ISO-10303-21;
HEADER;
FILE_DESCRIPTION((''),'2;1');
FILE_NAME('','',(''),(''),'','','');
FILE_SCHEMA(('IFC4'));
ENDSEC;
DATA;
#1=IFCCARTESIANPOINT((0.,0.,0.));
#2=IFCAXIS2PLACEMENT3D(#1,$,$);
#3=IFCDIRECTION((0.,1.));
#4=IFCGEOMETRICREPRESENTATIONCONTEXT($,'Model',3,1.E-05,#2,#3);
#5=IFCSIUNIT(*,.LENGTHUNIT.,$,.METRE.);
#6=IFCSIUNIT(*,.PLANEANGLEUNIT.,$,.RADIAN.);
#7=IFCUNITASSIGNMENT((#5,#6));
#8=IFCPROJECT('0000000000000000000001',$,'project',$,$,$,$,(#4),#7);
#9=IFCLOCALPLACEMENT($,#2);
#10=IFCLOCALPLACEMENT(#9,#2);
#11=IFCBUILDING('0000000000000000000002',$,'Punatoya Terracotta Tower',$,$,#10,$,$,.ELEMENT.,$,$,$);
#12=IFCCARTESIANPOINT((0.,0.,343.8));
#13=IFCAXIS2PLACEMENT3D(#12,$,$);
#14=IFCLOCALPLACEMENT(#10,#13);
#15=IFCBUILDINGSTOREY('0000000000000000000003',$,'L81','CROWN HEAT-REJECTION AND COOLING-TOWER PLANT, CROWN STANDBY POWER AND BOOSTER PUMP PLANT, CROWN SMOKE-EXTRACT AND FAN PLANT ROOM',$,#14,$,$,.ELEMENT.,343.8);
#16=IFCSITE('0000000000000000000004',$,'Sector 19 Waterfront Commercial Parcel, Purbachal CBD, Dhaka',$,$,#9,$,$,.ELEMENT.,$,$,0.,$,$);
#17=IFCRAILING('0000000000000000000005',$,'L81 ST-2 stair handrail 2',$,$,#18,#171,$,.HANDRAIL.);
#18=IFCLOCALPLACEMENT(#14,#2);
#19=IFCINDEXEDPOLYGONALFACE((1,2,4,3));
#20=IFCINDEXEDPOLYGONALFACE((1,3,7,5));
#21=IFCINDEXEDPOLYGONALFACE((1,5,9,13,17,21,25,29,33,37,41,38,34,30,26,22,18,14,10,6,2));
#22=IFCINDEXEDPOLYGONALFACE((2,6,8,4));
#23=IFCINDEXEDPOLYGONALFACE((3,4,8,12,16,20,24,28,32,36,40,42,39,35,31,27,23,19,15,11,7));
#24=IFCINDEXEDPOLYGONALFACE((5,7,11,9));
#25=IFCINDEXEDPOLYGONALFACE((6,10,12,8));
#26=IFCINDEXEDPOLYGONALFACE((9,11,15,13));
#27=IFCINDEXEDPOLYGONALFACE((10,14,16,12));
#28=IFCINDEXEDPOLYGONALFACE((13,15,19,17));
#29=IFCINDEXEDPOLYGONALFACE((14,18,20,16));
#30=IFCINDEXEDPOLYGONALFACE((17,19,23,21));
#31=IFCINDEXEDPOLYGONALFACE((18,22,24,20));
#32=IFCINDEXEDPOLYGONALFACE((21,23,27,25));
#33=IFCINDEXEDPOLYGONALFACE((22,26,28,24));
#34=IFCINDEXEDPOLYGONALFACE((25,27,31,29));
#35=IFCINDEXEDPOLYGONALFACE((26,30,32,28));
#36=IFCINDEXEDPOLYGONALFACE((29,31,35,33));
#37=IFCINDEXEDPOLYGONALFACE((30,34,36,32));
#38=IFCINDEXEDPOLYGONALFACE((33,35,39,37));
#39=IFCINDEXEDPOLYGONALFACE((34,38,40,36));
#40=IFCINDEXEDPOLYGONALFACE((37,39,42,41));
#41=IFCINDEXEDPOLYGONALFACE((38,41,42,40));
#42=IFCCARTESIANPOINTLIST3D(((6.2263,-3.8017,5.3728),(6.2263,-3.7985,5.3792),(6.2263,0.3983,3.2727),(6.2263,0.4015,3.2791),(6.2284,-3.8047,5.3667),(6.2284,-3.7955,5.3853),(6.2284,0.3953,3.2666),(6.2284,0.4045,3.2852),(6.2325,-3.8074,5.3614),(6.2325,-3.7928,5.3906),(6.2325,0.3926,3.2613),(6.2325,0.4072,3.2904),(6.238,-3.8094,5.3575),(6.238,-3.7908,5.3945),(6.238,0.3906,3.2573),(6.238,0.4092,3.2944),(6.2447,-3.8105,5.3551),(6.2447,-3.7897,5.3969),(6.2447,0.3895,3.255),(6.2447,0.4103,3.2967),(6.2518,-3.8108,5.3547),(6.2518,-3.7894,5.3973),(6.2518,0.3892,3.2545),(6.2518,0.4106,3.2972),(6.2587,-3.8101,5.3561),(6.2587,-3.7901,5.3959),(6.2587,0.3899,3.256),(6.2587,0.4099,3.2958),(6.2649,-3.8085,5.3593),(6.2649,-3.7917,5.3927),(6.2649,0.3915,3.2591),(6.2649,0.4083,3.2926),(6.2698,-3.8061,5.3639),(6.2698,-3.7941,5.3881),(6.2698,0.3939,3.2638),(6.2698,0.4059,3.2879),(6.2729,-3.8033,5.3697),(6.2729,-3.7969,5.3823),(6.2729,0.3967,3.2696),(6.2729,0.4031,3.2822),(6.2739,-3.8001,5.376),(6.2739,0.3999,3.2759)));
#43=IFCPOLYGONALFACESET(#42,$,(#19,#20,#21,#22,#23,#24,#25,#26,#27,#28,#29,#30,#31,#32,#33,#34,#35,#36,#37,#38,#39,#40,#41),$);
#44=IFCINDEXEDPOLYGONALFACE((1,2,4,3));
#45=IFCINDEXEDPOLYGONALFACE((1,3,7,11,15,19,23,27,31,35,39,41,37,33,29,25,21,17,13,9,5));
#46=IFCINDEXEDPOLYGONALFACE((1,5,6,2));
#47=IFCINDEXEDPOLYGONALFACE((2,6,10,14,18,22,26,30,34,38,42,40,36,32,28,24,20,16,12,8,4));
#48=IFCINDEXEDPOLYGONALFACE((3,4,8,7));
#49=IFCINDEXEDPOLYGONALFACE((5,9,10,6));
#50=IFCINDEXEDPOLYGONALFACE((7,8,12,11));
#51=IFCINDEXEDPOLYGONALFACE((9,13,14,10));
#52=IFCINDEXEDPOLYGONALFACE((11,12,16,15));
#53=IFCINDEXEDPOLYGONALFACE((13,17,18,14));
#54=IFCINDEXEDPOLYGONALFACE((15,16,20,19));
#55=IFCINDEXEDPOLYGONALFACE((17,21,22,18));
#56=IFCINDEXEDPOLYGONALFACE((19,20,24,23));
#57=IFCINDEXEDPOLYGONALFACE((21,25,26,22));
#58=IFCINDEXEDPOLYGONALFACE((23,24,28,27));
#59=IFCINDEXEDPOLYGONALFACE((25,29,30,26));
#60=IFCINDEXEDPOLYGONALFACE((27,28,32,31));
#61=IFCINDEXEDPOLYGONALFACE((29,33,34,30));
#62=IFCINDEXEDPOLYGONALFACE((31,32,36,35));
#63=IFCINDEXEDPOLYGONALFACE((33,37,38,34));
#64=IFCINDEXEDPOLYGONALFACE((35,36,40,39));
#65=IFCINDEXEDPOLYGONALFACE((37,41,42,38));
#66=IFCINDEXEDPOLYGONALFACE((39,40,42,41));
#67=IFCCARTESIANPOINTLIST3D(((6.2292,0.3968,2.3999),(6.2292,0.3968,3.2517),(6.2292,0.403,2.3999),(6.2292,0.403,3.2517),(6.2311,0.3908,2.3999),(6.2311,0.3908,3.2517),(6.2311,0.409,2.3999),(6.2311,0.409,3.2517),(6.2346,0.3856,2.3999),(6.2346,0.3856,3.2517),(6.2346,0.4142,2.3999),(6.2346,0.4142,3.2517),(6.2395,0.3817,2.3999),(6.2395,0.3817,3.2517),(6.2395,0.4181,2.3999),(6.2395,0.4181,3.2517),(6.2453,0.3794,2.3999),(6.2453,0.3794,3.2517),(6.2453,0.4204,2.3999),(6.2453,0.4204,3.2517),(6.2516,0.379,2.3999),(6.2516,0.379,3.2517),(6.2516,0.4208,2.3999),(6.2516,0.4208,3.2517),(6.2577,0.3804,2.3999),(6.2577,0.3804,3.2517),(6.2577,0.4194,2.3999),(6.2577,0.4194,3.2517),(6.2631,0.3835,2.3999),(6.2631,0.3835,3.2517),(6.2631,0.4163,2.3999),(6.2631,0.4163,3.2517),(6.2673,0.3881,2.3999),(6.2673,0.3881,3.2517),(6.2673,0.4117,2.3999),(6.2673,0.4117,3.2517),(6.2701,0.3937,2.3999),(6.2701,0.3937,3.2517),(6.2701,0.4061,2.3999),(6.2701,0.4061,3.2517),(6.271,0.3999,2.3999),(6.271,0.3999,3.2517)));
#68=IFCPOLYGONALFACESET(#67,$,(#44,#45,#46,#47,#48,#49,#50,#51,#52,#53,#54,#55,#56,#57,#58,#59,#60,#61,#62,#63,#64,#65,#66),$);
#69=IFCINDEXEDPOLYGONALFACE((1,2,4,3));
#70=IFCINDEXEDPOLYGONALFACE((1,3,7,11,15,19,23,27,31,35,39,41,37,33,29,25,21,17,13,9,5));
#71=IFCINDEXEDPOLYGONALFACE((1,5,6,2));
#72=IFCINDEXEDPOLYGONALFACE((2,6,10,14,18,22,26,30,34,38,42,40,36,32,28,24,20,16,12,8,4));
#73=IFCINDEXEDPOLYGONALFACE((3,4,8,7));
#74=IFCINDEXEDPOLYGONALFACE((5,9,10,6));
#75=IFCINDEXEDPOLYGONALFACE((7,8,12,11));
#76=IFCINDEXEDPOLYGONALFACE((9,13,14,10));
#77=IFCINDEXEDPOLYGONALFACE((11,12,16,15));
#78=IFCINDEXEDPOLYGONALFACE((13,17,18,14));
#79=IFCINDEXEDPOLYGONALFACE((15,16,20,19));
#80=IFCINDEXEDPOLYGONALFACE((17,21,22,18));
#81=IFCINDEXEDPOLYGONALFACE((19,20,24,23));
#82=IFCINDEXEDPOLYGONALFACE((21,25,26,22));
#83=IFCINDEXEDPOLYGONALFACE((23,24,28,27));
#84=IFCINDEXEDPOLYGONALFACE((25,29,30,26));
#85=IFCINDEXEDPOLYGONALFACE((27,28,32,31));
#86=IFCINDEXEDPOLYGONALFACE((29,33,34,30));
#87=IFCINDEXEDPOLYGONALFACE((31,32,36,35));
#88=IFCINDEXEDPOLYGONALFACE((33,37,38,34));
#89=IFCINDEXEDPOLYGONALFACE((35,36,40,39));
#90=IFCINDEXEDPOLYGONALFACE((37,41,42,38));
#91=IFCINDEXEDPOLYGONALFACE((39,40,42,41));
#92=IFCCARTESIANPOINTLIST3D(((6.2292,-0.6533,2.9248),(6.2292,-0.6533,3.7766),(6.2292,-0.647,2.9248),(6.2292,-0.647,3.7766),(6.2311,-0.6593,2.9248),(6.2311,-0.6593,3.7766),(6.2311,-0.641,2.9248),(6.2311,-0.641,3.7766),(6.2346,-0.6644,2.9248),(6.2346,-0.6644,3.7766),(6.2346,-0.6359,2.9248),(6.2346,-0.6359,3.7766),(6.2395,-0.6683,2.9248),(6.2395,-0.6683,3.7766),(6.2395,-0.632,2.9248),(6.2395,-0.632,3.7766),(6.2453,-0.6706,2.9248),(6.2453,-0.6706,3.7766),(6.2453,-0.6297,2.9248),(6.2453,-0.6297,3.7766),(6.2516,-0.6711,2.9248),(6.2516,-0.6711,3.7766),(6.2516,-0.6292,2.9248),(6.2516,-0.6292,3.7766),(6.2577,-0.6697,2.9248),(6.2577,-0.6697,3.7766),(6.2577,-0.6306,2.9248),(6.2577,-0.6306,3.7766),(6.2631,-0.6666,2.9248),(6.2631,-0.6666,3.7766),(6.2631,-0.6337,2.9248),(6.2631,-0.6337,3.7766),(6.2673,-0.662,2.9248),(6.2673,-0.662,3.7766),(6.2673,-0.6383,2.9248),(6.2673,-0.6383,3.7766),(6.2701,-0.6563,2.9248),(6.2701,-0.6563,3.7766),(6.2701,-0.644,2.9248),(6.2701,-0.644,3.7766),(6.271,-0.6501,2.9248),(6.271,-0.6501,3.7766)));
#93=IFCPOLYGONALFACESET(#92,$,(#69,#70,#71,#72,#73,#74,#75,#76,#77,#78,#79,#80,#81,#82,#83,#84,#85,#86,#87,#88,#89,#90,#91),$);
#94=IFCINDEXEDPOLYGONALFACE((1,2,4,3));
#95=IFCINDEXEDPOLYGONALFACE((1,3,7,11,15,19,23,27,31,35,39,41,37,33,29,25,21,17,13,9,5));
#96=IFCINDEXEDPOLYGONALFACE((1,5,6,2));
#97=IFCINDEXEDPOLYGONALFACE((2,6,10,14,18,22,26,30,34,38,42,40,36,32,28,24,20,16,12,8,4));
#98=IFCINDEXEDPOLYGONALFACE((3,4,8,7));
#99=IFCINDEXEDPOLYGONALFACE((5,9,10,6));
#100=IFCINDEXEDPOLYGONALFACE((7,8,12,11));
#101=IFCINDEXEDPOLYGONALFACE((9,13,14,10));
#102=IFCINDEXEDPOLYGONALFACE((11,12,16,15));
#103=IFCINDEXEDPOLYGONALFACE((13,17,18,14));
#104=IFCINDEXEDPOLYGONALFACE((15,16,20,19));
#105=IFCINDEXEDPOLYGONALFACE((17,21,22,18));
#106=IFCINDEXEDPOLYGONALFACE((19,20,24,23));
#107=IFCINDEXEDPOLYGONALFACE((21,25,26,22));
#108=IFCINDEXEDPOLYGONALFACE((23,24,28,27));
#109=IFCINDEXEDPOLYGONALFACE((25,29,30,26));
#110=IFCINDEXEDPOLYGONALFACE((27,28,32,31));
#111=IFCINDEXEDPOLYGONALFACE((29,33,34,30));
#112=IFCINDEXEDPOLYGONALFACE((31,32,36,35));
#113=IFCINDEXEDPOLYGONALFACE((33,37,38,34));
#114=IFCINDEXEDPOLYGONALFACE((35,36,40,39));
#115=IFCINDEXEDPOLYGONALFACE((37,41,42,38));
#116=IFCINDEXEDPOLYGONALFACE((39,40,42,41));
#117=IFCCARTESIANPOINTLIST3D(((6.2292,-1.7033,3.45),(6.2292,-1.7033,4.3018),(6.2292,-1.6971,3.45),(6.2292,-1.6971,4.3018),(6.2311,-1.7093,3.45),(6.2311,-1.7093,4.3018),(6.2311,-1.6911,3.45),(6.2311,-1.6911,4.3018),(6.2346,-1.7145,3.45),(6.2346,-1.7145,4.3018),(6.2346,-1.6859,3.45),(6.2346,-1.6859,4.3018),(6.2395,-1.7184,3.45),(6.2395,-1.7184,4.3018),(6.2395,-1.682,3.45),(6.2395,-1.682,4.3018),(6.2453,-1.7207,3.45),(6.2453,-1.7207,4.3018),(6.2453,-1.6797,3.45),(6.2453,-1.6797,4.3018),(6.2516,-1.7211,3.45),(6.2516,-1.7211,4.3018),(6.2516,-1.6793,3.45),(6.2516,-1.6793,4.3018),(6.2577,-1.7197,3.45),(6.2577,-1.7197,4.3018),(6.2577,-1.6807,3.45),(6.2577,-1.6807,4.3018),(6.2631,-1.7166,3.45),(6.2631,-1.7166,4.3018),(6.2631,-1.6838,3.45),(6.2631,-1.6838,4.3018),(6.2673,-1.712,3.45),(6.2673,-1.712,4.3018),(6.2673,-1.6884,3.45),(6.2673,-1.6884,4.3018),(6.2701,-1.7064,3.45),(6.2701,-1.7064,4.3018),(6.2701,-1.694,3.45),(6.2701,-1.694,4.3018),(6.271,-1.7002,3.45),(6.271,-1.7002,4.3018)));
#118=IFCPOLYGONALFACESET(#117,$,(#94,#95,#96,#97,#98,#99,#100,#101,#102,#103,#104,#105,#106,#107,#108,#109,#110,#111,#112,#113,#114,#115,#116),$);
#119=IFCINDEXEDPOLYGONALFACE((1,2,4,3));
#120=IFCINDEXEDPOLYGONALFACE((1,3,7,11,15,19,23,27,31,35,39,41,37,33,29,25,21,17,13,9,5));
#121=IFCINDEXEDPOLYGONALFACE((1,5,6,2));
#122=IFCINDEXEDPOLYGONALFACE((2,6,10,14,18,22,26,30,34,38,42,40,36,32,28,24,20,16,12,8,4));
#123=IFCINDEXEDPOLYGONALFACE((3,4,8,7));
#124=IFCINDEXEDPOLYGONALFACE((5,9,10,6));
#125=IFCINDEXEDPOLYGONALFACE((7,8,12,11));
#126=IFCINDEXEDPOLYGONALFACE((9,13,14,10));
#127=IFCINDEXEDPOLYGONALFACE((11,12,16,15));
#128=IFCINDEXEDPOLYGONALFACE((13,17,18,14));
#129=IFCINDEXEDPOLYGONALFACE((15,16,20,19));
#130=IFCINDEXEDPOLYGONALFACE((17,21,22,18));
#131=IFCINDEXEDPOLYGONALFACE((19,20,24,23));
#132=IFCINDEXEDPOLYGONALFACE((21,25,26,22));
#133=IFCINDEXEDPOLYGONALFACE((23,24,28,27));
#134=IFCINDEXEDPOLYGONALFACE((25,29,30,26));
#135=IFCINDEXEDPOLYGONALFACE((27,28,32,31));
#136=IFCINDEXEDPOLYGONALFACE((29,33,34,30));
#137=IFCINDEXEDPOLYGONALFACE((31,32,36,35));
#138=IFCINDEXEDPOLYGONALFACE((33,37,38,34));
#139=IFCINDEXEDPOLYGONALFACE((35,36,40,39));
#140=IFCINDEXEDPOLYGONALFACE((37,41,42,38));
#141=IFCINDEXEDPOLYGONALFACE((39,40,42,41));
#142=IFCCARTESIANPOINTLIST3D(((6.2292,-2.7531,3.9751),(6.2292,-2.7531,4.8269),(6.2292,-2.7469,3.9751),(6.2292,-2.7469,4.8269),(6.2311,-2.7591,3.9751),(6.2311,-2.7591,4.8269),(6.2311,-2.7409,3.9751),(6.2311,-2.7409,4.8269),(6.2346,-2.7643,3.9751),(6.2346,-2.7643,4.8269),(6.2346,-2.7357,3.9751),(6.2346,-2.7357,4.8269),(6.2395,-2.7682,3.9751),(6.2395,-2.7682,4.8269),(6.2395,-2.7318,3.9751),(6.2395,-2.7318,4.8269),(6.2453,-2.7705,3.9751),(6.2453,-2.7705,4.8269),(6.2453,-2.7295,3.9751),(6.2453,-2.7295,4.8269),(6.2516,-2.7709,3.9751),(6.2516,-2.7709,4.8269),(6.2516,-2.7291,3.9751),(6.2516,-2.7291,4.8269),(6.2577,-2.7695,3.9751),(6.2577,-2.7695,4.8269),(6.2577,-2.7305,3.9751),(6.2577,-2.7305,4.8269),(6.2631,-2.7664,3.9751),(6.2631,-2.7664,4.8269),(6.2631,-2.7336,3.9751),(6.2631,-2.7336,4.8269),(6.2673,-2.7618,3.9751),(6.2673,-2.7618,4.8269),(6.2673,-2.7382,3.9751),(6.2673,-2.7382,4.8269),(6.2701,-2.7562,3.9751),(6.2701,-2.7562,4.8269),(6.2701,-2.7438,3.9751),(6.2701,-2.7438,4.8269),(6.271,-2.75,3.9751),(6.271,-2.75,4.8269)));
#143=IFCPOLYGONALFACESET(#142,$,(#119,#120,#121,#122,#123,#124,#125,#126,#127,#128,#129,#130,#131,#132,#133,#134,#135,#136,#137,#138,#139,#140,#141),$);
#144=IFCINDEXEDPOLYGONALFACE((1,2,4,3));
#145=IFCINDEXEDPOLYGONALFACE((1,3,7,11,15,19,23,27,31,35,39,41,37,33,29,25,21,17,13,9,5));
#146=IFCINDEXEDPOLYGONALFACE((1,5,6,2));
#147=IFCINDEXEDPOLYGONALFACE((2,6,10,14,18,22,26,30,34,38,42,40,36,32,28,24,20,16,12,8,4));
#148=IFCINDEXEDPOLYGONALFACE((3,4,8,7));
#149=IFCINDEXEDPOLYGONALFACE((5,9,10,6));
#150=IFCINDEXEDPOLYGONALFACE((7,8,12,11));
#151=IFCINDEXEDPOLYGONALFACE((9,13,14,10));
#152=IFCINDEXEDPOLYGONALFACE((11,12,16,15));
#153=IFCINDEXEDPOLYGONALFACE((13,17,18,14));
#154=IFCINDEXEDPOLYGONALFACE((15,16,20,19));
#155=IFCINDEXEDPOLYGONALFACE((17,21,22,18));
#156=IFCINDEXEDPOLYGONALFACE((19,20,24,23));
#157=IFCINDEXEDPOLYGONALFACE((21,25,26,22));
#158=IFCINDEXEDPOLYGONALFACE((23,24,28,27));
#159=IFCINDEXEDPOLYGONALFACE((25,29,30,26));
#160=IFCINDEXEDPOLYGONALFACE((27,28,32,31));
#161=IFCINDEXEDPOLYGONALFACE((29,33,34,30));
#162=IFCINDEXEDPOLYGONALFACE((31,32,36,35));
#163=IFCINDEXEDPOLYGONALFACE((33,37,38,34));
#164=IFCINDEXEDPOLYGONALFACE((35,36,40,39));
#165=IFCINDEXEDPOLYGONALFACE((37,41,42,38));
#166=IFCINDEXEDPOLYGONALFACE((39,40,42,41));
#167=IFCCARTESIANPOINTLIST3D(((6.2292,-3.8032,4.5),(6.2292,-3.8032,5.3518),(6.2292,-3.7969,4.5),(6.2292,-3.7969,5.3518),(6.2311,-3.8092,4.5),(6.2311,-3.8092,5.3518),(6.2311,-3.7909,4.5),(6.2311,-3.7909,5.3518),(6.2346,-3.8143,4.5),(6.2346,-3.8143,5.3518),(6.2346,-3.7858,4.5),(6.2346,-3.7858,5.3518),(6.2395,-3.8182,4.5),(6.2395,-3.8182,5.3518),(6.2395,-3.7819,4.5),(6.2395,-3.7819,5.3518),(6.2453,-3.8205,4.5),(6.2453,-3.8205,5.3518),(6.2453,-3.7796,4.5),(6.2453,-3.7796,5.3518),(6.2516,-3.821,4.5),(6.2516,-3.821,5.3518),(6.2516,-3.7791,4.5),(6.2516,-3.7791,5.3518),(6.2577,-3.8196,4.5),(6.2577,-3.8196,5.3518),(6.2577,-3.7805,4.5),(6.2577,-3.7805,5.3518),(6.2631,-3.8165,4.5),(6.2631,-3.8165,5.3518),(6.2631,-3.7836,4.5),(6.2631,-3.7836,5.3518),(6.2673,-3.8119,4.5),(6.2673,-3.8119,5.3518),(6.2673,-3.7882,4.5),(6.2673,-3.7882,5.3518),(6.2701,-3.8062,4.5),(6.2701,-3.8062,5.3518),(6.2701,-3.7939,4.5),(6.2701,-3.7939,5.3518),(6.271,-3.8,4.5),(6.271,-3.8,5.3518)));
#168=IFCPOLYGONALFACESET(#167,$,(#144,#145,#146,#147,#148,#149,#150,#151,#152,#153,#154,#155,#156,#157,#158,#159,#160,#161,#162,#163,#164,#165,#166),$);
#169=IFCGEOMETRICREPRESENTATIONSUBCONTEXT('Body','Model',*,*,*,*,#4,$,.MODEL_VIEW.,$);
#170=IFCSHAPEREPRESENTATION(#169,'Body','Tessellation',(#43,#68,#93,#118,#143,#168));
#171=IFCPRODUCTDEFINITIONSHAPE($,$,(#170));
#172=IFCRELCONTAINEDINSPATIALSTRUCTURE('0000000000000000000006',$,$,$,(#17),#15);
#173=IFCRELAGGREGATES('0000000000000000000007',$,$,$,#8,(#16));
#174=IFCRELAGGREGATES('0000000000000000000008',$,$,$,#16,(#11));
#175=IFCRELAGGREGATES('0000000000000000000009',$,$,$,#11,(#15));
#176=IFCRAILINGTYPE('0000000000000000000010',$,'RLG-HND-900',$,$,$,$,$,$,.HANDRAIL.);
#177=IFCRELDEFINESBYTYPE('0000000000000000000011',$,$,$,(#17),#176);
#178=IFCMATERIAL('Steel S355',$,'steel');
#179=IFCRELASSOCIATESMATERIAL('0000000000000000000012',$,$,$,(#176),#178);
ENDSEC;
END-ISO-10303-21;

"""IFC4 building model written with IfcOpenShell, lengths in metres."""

from ifc_helpers import new_model, si_unit, direction, frame, origin, origin_2d, place, context, subcontext, project, spatial, circle, extrude, material, type_object, element, save


model = new_model("IFC4")

# Units and contexts
model_context = context("Model", 3, precision=1e-05, world=origin(), true_north=direction((0.0, 1.0)))
body_context = subcontext(model_context, "Body", "Model", "MODEL_VIEW")
ifc_project = project(units=[si_unit("LENGTHUNIT", "METRE"), si_unit("PLANEANGLEUNIT", "RADIAN")], contexts=[model_context])

# Site, building, storey
site_placement = place(None, origin())
site = spatial("IfcSite", under=ifc_project, at=site_placement, Name="Sector 19 Waterfront Commercial Parcel, Purbachal CBD, Dhaka", CompositionType="ELEMENT", RefElevation=0.0)
building_placement = place(site_placement, origin())
building = spatial("IfcBuilding", under=site, at=building_placement, Name="Punatoya Terracotta Tower", CompositionType="ELEMENT")
storey_placement = place(building_placement, frame((0.0, 0.0, 343.8)))
storey = spatial("IfcBuildingStorey", under=building, at=storey_placement, Name="L81", Description="CROWN HEAT-REJECTION AND COOLING-TOWER PLANT, CROWN STANDBY POWER AND BOOSTER PUMP PLANT, CROWN SMOKE-EXTRACT AND FAN PLANT ROOM", CompositionType="ELEMENT", Elevation=343.8)

# Shared definitions
ifc_material_1 = material(Name="Steel S355", Category="steel")

# Railing
railing_type_1 = type_object("IfcRailingType", Name="RLG-HND-900", PredefinedType="HANDRAIL", material=ifc_material_1)
railing_1_placement = place(storey_placement, frame((6.25, 0.3999, 2.3999)))
element("IfcRailing", 1, at=railing_1_placement, inside=storey, type_object=railing_type_1, Name="L81 ST-2 stair handrail 2", PredefinedType="HANDRAIL", context=body_context, shape_type="SweptSolid", body=[
    extrude(circle(Radius=0.0239, at=origin_2d()), frame((0.0, 0.0, 0.876), z_axis=(0.0, -0.894417, 0.447234), x_axis=(1.0, 0.0, 0.0)), (0.0, 0.0, 1.0), 4.6958),
    extrude(circle(Radius=0.021, at=origin_2d()), origin(), (0.0, 0.0, 1.0), 0.8518),
    extrude(circle(Radius=0.021, at=origin_2d()), frame((0.0, -1.05, 0.5249)), (0.0, 0.0, 1.0), 0.8518),
    extrude(circle(Radius=0.021, at=origin_2d()), frame((0.0, -2.1001, 1.05)), (0.0, 0.0, 1.0), 0.8518),
    extrude(circle(Radius=0.021, at=origin_2d()), frame((0.0, -3.1499, 1.5752)), (0.0, 0.0, 1.0), 0.8518),
    extrude(circle(Radius=0.021, at=origin_2d()), frame((0.0, -4.2, 2.1001)), (0.0, 0.0, 1.0), 0.8518),
])

save(model, "model.ifc")
